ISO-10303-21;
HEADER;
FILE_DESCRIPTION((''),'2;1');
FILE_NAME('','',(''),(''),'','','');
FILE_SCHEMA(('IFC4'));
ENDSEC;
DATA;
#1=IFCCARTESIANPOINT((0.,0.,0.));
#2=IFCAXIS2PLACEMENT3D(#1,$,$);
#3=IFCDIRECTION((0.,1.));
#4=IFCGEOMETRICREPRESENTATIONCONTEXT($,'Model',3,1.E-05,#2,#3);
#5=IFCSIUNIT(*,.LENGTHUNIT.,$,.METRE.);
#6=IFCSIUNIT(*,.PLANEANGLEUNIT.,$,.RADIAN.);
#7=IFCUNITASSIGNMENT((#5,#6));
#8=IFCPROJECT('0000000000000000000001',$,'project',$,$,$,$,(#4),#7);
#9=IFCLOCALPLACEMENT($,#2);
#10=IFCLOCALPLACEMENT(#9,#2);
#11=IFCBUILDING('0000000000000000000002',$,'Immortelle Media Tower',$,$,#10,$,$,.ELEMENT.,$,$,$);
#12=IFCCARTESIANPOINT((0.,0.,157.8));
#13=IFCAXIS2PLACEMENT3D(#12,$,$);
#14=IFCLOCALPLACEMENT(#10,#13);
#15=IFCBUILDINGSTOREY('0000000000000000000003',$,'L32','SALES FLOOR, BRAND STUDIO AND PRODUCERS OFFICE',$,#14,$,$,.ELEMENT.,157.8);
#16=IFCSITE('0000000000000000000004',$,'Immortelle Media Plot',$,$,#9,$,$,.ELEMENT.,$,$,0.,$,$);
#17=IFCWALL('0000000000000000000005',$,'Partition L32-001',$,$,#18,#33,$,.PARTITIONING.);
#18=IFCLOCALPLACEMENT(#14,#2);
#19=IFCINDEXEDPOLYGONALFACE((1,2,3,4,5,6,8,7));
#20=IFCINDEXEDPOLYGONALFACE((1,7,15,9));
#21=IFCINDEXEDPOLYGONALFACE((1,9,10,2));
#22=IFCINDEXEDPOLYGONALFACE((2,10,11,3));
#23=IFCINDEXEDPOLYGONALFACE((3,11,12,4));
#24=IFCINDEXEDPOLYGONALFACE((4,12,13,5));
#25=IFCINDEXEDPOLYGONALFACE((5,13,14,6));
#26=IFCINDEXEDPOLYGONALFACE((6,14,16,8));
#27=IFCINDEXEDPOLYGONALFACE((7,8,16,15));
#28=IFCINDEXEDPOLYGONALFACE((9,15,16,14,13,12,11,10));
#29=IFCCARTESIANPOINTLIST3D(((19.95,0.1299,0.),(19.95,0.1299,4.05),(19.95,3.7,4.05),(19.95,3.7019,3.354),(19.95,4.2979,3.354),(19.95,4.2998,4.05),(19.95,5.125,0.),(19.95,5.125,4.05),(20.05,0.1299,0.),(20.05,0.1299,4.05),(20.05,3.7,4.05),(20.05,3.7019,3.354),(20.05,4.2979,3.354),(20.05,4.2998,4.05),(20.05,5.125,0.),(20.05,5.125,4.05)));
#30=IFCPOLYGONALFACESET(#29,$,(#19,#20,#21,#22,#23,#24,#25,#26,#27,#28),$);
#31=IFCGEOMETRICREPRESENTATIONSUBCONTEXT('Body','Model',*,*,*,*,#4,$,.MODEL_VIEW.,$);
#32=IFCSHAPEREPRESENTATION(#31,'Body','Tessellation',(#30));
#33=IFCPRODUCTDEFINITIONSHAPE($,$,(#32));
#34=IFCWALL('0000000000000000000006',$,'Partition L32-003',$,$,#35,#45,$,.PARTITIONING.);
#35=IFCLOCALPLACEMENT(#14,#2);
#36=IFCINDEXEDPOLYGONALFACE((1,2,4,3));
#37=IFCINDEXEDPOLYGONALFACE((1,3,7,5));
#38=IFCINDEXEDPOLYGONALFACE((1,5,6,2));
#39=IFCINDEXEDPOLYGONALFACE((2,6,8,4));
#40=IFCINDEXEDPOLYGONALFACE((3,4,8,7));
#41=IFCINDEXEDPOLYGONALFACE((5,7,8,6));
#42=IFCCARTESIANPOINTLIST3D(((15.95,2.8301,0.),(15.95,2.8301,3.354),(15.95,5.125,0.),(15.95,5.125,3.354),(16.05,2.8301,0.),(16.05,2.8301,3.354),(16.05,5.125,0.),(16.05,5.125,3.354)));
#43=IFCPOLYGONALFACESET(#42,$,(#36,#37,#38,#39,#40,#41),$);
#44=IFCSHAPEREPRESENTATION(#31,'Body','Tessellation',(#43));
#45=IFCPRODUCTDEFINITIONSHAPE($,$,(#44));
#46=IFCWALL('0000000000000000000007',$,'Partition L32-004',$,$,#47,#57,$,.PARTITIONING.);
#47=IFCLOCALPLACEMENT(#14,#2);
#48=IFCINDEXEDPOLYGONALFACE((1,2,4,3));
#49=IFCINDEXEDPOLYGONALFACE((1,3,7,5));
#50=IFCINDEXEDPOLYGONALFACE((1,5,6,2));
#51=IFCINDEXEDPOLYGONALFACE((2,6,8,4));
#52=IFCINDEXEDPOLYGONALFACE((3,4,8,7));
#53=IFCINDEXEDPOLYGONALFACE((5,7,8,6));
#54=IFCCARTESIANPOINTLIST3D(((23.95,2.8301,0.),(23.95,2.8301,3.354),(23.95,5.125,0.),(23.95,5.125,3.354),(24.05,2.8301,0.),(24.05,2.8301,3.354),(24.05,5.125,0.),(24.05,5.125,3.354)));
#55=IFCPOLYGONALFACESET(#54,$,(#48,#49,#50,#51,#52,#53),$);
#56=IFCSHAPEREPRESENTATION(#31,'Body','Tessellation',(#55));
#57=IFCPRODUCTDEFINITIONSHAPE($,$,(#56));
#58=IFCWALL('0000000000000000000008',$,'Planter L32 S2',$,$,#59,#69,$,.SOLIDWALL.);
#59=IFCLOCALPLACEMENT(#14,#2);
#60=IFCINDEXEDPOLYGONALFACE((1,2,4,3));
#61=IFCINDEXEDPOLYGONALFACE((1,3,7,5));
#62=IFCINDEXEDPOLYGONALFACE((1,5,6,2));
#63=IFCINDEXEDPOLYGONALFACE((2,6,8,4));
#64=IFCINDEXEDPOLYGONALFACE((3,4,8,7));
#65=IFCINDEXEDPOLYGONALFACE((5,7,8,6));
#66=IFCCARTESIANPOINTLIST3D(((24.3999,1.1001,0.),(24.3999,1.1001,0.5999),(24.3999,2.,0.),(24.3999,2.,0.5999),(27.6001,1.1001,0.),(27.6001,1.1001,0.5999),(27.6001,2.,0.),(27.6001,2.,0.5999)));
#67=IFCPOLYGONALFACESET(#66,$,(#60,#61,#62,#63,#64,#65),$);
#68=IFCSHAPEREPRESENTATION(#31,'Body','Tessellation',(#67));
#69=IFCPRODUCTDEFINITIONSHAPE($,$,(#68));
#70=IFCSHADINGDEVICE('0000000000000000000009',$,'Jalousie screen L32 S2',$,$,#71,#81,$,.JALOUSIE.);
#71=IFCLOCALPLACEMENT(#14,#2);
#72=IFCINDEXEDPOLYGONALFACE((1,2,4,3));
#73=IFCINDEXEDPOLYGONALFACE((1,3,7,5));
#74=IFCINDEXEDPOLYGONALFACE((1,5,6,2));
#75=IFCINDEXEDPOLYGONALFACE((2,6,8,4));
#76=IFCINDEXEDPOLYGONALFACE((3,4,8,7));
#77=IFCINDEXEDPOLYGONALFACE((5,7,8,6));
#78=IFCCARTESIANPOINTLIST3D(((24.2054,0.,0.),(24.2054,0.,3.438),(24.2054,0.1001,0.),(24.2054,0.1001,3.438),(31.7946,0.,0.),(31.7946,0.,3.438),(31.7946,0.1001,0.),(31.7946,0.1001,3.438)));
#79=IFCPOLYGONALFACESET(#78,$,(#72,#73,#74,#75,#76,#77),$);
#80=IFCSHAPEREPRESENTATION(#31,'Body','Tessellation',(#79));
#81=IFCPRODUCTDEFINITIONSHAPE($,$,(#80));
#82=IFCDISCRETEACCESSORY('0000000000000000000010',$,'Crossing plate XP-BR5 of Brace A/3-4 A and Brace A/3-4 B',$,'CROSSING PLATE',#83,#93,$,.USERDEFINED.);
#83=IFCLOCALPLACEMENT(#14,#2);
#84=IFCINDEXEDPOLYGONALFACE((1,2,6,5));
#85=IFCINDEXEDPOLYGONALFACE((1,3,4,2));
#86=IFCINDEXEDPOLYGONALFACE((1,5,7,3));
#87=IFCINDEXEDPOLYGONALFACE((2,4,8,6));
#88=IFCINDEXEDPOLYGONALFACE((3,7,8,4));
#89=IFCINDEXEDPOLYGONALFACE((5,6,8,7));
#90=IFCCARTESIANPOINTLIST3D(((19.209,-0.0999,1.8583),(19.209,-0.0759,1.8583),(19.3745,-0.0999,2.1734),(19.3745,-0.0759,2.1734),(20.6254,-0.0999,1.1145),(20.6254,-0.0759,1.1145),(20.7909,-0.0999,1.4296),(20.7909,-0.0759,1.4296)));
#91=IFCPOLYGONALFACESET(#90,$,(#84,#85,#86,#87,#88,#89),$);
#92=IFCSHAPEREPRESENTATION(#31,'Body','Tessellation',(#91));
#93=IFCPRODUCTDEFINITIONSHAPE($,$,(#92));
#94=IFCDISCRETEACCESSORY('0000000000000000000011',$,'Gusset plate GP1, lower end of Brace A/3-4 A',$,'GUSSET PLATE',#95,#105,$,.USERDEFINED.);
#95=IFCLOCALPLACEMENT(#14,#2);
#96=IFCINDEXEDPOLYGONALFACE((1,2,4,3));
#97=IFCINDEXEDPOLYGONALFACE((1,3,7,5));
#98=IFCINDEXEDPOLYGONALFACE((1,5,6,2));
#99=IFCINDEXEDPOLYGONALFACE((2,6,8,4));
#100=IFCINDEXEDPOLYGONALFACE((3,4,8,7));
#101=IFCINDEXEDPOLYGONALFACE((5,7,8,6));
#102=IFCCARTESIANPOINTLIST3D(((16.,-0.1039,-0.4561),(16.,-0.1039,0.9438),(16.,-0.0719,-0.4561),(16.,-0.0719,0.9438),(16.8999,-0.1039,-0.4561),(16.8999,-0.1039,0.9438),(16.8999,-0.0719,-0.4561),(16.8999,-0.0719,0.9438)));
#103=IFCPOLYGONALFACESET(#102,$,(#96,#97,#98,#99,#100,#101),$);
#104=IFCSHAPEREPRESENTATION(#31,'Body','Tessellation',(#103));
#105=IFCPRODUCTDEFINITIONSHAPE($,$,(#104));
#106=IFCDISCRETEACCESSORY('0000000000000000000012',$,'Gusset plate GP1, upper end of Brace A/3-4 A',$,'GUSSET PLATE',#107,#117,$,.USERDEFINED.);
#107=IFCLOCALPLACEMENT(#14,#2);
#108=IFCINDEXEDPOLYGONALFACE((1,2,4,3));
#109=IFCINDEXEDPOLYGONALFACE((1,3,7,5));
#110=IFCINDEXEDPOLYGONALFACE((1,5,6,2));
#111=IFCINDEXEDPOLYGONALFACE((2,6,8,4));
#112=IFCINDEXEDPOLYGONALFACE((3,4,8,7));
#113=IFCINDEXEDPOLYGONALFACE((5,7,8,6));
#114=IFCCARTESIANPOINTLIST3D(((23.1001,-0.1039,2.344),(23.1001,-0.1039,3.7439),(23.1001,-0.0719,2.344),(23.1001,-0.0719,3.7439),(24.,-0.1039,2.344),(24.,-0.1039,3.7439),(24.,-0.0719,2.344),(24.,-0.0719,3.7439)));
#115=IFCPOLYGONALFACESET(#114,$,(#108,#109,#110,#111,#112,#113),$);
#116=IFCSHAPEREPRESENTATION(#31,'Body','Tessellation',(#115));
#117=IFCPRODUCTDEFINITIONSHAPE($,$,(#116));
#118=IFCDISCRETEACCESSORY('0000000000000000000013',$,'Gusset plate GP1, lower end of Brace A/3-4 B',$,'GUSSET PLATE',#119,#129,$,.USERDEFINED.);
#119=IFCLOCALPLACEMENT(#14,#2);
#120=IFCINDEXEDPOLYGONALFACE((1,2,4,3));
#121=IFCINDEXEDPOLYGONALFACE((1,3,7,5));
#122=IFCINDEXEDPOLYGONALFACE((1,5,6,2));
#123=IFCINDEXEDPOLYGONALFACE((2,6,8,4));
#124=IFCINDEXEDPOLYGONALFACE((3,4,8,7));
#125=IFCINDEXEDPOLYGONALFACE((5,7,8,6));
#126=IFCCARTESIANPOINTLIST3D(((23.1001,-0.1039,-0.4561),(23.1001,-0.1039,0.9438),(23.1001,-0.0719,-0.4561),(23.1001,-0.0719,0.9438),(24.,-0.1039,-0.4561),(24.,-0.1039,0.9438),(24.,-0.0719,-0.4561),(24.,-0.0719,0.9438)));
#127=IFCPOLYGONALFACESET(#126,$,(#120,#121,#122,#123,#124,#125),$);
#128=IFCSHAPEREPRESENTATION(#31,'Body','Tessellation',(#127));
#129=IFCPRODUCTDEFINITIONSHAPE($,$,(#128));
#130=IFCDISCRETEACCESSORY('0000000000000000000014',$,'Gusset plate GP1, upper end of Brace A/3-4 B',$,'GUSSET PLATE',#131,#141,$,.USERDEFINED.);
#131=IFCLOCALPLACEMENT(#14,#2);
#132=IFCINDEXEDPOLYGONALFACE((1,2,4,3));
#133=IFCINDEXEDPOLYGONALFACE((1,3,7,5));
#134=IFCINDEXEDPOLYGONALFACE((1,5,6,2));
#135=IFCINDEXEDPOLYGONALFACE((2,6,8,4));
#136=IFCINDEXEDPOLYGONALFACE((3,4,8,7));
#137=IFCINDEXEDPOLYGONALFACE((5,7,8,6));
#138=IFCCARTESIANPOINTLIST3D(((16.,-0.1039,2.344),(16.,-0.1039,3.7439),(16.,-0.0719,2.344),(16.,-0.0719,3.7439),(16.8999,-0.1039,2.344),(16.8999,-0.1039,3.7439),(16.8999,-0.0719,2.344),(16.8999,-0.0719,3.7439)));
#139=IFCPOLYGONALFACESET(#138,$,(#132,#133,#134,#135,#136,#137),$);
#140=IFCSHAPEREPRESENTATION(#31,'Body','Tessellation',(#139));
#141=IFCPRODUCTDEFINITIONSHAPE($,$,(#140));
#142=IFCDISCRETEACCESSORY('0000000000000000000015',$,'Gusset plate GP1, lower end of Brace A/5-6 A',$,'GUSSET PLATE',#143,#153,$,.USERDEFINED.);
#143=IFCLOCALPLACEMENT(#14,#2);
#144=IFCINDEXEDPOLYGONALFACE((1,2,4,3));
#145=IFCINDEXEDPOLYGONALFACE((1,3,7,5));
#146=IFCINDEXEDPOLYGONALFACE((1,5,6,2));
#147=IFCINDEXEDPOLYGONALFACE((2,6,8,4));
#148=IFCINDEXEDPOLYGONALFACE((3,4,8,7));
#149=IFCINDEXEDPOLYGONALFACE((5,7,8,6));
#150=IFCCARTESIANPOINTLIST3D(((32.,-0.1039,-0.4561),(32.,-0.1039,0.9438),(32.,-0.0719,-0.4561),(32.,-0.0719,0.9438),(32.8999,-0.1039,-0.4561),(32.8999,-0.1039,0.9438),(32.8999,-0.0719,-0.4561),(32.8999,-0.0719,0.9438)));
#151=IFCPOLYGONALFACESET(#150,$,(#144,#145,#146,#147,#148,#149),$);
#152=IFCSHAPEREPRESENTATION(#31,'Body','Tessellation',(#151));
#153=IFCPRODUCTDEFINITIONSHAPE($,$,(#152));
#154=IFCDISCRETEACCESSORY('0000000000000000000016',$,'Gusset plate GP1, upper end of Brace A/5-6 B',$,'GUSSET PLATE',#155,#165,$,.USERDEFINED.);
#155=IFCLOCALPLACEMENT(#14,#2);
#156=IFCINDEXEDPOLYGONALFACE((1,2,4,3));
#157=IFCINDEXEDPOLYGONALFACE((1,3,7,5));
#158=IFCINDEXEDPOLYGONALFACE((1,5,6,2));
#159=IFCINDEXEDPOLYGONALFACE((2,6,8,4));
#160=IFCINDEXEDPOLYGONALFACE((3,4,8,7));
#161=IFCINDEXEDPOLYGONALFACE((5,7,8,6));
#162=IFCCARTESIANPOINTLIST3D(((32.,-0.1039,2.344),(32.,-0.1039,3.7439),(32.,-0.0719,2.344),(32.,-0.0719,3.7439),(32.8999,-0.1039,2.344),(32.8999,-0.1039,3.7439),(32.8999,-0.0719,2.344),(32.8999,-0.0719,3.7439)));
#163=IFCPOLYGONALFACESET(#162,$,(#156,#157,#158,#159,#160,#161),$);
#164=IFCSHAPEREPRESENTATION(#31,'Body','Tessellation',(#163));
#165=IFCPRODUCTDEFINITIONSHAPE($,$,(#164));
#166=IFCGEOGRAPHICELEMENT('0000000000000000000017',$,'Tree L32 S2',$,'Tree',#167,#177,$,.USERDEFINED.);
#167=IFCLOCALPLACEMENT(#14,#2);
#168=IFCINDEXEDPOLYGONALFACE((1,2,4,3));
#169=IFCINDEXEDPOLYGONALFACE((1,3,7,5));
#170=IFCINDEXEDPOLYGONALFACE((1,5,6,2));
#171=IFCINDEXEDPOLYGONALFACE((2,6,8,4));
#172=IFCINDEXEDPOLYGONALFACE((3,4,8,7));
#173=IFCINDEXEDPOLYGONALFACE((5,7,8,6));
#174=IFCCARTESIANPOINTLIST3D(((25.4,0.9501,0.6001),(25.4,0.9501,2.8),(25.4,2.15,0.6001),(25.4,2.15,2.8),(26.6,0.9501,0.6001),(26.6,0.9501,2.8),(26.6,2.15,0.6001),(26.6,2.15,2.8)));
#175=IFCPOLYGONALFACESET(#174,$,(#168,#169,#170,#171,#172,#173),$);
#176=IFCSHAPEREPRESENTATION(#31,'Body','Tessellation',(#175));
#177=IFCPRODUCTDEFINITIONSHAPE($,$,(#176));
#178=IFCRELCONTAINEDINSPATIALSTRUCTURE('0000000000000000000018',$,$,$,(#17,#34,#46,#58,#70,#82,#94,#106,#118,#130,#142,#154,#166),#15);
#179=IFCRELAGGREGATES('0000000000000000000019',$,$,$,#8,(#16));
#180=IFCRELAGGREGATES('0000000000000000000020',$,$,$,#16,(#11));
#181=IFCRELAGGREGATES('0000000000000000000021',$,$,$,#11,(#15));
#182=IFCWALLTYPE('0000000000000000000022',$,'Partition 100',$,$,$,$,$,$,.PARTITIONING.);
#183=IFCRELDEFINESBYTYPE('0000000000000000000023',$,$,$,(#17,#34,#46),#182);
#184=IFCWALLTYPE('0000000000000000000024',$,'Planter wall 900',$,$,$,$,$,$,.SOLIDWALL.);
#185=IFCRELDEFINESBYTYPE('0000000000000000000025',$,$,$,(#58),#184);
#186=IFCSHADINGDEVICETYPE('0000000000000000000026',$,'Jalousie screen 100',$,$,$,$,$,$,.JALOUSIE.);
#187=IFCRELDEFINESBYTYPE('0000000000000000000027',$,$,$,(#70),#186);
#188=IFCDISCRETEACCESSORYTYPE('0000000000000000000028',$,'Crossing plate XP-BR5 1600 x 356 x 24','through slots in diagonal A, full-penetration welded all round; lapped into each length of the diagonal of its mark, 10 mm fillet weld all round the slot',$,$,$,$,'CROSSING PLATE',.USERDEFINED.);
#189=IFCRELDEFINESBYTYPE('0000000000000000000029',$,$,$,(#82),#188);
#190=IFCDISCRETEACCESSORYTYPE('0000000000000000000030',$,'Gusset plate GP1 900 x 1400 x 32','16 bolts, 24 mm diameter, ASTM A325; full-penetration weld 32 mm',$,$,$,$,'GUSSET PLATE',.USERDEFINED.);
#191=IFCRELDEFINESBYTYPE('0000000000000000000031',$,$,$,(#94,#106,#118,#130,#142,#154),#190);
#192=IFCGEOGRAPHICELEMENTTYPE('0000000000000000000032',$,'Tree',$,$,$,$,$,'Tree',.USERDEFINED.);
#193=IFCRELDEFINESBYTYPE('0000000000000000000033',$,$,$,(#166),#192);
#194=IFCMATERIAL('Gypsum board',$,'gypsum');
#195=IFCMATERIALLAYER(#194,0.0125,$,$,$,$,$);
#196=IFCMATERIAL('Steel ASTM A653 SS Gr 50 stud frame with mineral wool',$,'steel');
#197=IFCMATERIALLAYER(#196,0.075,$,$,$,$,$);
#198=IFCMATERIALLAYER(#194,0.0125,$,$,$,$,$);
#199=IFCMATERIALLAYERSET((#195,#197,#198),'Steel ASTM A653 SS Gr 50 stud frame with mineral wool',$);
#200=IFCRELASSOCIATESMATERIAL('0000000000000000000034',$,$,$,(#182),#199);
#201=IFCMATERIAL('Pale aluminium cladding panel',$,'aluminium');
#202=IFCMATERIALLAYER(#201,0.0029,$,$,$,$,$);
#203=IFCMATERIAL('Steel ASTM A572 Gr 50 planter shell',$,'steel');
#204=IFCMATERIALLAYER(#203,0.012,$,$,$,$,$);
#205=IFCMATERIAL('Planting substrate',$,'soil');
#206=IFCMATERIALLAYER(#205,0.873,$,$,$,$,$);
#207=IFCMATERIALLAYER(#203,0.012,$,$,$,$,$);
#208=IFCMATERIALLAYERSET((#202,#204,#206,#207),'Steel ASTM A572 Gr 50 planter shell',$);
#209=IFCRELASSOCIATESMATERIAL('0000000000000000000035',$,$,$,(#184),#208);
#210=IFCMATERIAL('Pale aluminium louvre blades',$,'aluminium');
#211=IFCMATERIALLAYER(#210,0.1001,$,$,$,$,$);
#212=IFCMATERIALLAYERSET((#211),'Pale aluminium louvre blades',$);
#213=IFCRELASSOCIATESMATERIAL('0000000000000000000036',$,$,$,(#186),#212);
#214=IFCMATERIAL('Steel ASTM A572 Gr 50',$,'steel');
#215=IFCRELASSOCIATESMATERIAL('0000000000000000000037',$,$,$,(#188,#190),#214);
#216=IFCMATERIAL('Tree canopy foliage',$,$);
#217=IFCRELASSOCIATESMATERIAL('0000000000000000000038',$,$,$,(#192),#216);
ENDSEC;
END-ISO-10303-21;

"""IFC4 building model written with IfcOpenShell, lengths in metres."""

from ifc_helpers import new_model, si_unit, direction, frame, frame_2d, origin, origin_2d, place, context, subcontext, project, spatial, polyline, rectangle, outline, extrude, material, layer, layer_set, material_profile, profile_set, type_object, element, save


model = new_model("IFC4")

# Units and contexts
model_context = context("Model", 3, precision=1e-05, world=origin(), true_north=direction((0.0, 1.0)))
body_context = subcontext(model_context, "Body", "Model", "MODEL_VIEW")
ifc_project = project(units=[si_unit("LENGTHUNIT", "METRE"), si_unit("PLANEANGLEUNIT", "RADIAN")], contexts=[model_context])

# Site, building, storey
site_placement = place(None, origin())
site = spatial("IfcSite", under=ifc_project, at=site_placement, Name="Immortelle Media Plot", CompositionType="ELEMENT", RefElevation=0.0)
building_placement = place(site_placement, origin())
building = spatial("IfcBuilding", under=site, at=building_placement, Name="Immortelle Media Tower", CompositionType="ELEMENT")
storey_placement = place(building_placement, frame((0.0, 0.0, 157.8)))
storey = spatial("IfcBuildingStorey", under=building, at=storey_placement, Name="L32", Description="SALES FLOOR, BRAND STUDIO AND PRODUCERS OFFICE", CompositionType="ELEMENT", Elevation=157.8)

# Shared definitions
ifc_material_1 = material(Name="Pale aluminium cladding panel", Category="aluminium")
ifc_material_2 = material(Name="Steel ASTM A653 SS Gr 50 stud frame with mineral wool", Category="steel")

# Walls
ifc_material_3 = material(Name="Gypsum board", Category="gypsum")
ifc_layer_1 = layer(ifc_material_3, 0.0125)
ifc_layer_2 = layer(ifc_material_2, 0.075)
ifc_layer_3 = layer(ifc_material_3, 0.0125)
ifc_layer_set_1 = layer_set([ifc_layer_1, ifc_layer_2, ifc_layer_3], Name="Steel ASTM A653 SS Gr 50 stud frame with mineral wool")
wall_type_1 = type_object("IfcWallType", Name="Partition 100", PredefinedType="PARTITIONING", material=ifc_layer_set_1)
wall_1_placement = place(storey_placement, frame((20.0, 0.1299, 0.0), z_axis=(0.0, 0.0, 1.0), x_axis=(0.0, 1.0, 0.0)))
element("IfcWall", 1, at=wall_1_placement, inside=storey, type_object=wall_type_1, Name="Partition L32-001", PredefinedType="PARTITIONING", context=body_context, shape_type="SweptSolid", body=[
    extrude(outline(polyline([(0.0, 0.0), (4.9951, 0.0), (4.9951, 4.05), (4.1699, 4.05), (4.168, 3.354), (3.572, 3.354), (3.5701, 4.05), (0.0, 4.05), (0.0, 0.0)])), frame((0.0, 0.05, 0.0), z_axis=(0.0, -1.0, 0.0), x_axis=(1.0, 0.0, 0.0)), (0.0, 0.0, 1.0), 0.1001),
])
for number, where, z_axis, x_axis, name in (
    (2, (16.0, 2.8301, 0.0), (0.0, 0.0, 1.0), (0.0, 1.0, 0.0), "Partition L32-003"),
    (3, (24.0, 2.8301, 0.0), (0.0, 0.0, 1.0), (0.0, 1.0, 0.0), "Partition L32-004"),
):
    element("IfcWall", number, at=place(storey_placement, frame(where, z_axis=z_axis, x_axis=x_axis)), inside=storey, type_object=wall_type_1, Name=name, PredefinedType="PARTITIONING", context=body_context, shape_type="SweptSolid", body=[
        extrude(rectangle(XDim=2.2949, YDim=0.1001, at=frame_2d((1.1475, 0.0))), origin(), (0.0, 0.0, 1.0), 3.354),
    ])
ifc_layer_4 = layer(ifc_material_1, 0.0029)
ifc_material_4 = material(Name="Steel ASTM A572 Gr 50 planter shell", Category="steel")
ifc_layer_5 = layer(ifc_material_4, 0.012)
ifc_material_5 = material(Name="Planting substrate", Category="soil")
ifc_layer_6 = layer(ifc_material_5, 0.873)
ifc_layer_7 = layer(ifc_material_4, 0.012)
ifc_layer_set_2 = layer_set([ifc_layer_4, ifc_layer_5, ifc_layer_6, ifc_layer_7], Name="Steel ASTM A572 Gr 50 planter shell")
wall_type_2 = type_object("IfcWallType", Name="Planter wall 900", PredefinedType="SOLIDWALL", material=ifc_layer_set_2)
wall_2_placement = place(storey_placement, frame((24.3999, 1.55, 0.0), z_axis=(0.0, 0.0, 1.0), x_axis=(1.0, 0.0, 0.0)))
element("IfcWall", 4, at=wall_2_placement, inside=storey, type_object=wall_type_2, Name="Planter L32 S2", PredefinedType="SOLIDWALL", context=body_context, shape_type="SweptSolid", body=[
    extrude(rectangle(XDim=3.2002, YDim=0.8999, at=frame_2d((1.6001, 0.0))), origin(), (0.0, 0.0, 1.0), 0.5999),
])

# Shading device
ifc_material_6 = material(Name="Pale aluminium louvre blades", Category="aluminium")
ifc_layer_8 = layer(ifc_material_6, 0.1001)
ifc_layer_set_3 = layer_set([ifc_layer_8], Name="Pale aluminium louvre blades")
shading_device_type = type_object("IfcShadingDeviceType", Name="Jalousie screen 100", PredefinedType="JALOUSIE", material=ifc_layer_set_3)
shading_device_placement = place(storey_placement, frame((28.0, 0.05, 0.0), z_axis=(0.0, 0.0, 1.0), x_axis=(1.0, 0.0, 0.0)))
element("IfcShadingDevice", 5, at=shading_device_placement, inside=storey, type_object=shading_device_type, Name="Jalousie screen L32 S2", PredefinedType="JALOUSIE", context=body_context, shape_type="SweptSolid", body=[
    extrude(rectangle(XDim=7.5891, YDim=0.1001, at=origin_2d()), origin(), (0.0, 0.0, 1.0), 3.438),
])

# Discrete accessories
ifc_material_7 = material(Name="Steel ASTM A572 Gr 50", Category="steel")
ifc_material_profile_1 = material_profile(ifc_material_7, rectangle(XDim=0.0239, YDim=0.356, at=origin_2d()), Name="PL 24 x 356")
ifc_profile_set_1 = profile_set([ifc_material_profile_1], Name="Steel ASTM A572 Gr 50")
discrete_accessory_type_1 = type_object("IfcDiscreteAccessoryType", Name="Crossing plate XP-BR5 1600 x 356 x 24", Description="through slots in diagonal A, full-penetration welded all round; lapped into each length of the diagonal of its mark, 10 mm fillet weld all round the slot", ElementType="CROSSING PLATE", PredefinedType="USERDEFINED", material=ifc_profile_set_1)
discrete_accessory_placement = place(storey_placement, frame((19.2917, -0.0879, 2.0159), z_axis=(0.885338, 0.0, -0.464948), x_axis=(0.0, 1.0, 0.0)))
element("IfcDiscreteAccessory", 6, at=discrete_accessory_placement, inside=storey, type_object=discrete_accessory_type_1, Name="Crossing plate XP-BR5 of Brace A/3-4 A and Brace A/3-4 B", ObjectType="CROSSING PLATE", PredefinedType="USERDEFINED", context=body_context, shape_type="SweptSolid", body=[
    extrude(rectangle(XDim=0.0239, YDim=0.356, at=origin_2d()), origin(), (0.0, 0.0, 1.0), 1.5999),
])
ifc_material_profile_2 = material_profile(ifc_material_7, rectangle(XDim=0.032, YDim=1.3999, at=origin_2d()), Name="PL 32 x 1400")
ifc_profile_set_2 = profile_set([ifc_material_profile_2], Name="Steel ASTM A572 Gr 50")
discrete_accessory_type_2 = type_object("IfcDiscreteAccessoryType", Name="Gusset plate GP1 900 x 1400 x 32", Description="16 bolts, 24 mm diameter, ASTM A325; full-penetration weld 32 mm", ElementType="GUSSET PLATE", PredefinedType="USERDEFINED", material=ifc_profile_set_2)
for number, where, z_axis, x_axis, name in (
    (7, (16.0, -0.0879, 0.2439), (1.0, 0.0, 0.0), (0.0, 1.0, 0.0), "Gusset plate GP1, lower end of Brace A/3-4 A"),
    (8, (24.0, -0.0879, 3.0439), (-1.0, 0.0, 0.0), (0.0, -1.0, 0.0), "Gusset plate GP1, upper end of Brace A/3-4 A"),
    (9, (24.0, -0.0879, 0.2439), (-1.0, 0.0, 0.0), (0.0, -1.0, 0.0), "Gusset plate GP1, lower end of Brace A/3-4 B"),
    (10, (16.0, -0.0879, 3.0439), (1.0, 0.0, 0.0), (0.0, 1.0, 0.0), "Gusset plate GP1, upper end of Brace A/3-4 B"),
    (11, (32.0, -0.0879, 0.2439), (1.0, 0.0, 0.0), (0.0, 1.0, 0.0), "Gusset plate GP1, lower end of Brace A/5-6 A"),
    (12, (32.0, -0.0879, 3.0439), (1.0, 0.0, 0.0), (0.0, 1.0, 0.0), "Gusset plate GP1, upper end of Brace A/5-6 B"),
):
    element("IfcDiscreteAccessory", number, at=place(storey_placement, frame(where, z_axis=z_axis, x_axis=x_axis)), inside=storey, type_object=discrete_accessory_type_2, Name=name, ObjectType="GUSSET PLATE", PredefinedType="USERDEFINED", context=body_context, shape_type="SweptSolid", body=[
        extrude(rectangle(XDim=0.032, YDim=1.3999, at=origin_2d()), origin(), (0.0, 0.0, 1.0), 0.8999),
    ])

# Geographic element
ifc_material_8 = material(Name="Tree canopy foliage")
geographic_element_type = type_object("IfcGeographicElementType", Name="Tree", ElementType="Tree", PredefinedType="USERDEFINED", material=ifc_material_8)
geographic_element_placement = place(storey_placement, frame((26.0, 1.55, 0.6001), z_axis=(0.0, 0.0, 1.0), x_axis=(1.0, 0.0, 0.0)))
element("IfcGeographicElement", 13, at=geographic_element_placement, inside=storey, type_object=geographic_element_type, Name="Tree L32 S2", ObjectType="Tree", PredefinedType="USERDEFINED", context=body_context, shape_type="SweptSolid", body=[
    extrude(rectangle(XDim=1.2, YDim=1.2, at=origin_2d()), origin(), (0.0, 0.0, 1.0), 2.2),
])

save(model, "model.ifc")
